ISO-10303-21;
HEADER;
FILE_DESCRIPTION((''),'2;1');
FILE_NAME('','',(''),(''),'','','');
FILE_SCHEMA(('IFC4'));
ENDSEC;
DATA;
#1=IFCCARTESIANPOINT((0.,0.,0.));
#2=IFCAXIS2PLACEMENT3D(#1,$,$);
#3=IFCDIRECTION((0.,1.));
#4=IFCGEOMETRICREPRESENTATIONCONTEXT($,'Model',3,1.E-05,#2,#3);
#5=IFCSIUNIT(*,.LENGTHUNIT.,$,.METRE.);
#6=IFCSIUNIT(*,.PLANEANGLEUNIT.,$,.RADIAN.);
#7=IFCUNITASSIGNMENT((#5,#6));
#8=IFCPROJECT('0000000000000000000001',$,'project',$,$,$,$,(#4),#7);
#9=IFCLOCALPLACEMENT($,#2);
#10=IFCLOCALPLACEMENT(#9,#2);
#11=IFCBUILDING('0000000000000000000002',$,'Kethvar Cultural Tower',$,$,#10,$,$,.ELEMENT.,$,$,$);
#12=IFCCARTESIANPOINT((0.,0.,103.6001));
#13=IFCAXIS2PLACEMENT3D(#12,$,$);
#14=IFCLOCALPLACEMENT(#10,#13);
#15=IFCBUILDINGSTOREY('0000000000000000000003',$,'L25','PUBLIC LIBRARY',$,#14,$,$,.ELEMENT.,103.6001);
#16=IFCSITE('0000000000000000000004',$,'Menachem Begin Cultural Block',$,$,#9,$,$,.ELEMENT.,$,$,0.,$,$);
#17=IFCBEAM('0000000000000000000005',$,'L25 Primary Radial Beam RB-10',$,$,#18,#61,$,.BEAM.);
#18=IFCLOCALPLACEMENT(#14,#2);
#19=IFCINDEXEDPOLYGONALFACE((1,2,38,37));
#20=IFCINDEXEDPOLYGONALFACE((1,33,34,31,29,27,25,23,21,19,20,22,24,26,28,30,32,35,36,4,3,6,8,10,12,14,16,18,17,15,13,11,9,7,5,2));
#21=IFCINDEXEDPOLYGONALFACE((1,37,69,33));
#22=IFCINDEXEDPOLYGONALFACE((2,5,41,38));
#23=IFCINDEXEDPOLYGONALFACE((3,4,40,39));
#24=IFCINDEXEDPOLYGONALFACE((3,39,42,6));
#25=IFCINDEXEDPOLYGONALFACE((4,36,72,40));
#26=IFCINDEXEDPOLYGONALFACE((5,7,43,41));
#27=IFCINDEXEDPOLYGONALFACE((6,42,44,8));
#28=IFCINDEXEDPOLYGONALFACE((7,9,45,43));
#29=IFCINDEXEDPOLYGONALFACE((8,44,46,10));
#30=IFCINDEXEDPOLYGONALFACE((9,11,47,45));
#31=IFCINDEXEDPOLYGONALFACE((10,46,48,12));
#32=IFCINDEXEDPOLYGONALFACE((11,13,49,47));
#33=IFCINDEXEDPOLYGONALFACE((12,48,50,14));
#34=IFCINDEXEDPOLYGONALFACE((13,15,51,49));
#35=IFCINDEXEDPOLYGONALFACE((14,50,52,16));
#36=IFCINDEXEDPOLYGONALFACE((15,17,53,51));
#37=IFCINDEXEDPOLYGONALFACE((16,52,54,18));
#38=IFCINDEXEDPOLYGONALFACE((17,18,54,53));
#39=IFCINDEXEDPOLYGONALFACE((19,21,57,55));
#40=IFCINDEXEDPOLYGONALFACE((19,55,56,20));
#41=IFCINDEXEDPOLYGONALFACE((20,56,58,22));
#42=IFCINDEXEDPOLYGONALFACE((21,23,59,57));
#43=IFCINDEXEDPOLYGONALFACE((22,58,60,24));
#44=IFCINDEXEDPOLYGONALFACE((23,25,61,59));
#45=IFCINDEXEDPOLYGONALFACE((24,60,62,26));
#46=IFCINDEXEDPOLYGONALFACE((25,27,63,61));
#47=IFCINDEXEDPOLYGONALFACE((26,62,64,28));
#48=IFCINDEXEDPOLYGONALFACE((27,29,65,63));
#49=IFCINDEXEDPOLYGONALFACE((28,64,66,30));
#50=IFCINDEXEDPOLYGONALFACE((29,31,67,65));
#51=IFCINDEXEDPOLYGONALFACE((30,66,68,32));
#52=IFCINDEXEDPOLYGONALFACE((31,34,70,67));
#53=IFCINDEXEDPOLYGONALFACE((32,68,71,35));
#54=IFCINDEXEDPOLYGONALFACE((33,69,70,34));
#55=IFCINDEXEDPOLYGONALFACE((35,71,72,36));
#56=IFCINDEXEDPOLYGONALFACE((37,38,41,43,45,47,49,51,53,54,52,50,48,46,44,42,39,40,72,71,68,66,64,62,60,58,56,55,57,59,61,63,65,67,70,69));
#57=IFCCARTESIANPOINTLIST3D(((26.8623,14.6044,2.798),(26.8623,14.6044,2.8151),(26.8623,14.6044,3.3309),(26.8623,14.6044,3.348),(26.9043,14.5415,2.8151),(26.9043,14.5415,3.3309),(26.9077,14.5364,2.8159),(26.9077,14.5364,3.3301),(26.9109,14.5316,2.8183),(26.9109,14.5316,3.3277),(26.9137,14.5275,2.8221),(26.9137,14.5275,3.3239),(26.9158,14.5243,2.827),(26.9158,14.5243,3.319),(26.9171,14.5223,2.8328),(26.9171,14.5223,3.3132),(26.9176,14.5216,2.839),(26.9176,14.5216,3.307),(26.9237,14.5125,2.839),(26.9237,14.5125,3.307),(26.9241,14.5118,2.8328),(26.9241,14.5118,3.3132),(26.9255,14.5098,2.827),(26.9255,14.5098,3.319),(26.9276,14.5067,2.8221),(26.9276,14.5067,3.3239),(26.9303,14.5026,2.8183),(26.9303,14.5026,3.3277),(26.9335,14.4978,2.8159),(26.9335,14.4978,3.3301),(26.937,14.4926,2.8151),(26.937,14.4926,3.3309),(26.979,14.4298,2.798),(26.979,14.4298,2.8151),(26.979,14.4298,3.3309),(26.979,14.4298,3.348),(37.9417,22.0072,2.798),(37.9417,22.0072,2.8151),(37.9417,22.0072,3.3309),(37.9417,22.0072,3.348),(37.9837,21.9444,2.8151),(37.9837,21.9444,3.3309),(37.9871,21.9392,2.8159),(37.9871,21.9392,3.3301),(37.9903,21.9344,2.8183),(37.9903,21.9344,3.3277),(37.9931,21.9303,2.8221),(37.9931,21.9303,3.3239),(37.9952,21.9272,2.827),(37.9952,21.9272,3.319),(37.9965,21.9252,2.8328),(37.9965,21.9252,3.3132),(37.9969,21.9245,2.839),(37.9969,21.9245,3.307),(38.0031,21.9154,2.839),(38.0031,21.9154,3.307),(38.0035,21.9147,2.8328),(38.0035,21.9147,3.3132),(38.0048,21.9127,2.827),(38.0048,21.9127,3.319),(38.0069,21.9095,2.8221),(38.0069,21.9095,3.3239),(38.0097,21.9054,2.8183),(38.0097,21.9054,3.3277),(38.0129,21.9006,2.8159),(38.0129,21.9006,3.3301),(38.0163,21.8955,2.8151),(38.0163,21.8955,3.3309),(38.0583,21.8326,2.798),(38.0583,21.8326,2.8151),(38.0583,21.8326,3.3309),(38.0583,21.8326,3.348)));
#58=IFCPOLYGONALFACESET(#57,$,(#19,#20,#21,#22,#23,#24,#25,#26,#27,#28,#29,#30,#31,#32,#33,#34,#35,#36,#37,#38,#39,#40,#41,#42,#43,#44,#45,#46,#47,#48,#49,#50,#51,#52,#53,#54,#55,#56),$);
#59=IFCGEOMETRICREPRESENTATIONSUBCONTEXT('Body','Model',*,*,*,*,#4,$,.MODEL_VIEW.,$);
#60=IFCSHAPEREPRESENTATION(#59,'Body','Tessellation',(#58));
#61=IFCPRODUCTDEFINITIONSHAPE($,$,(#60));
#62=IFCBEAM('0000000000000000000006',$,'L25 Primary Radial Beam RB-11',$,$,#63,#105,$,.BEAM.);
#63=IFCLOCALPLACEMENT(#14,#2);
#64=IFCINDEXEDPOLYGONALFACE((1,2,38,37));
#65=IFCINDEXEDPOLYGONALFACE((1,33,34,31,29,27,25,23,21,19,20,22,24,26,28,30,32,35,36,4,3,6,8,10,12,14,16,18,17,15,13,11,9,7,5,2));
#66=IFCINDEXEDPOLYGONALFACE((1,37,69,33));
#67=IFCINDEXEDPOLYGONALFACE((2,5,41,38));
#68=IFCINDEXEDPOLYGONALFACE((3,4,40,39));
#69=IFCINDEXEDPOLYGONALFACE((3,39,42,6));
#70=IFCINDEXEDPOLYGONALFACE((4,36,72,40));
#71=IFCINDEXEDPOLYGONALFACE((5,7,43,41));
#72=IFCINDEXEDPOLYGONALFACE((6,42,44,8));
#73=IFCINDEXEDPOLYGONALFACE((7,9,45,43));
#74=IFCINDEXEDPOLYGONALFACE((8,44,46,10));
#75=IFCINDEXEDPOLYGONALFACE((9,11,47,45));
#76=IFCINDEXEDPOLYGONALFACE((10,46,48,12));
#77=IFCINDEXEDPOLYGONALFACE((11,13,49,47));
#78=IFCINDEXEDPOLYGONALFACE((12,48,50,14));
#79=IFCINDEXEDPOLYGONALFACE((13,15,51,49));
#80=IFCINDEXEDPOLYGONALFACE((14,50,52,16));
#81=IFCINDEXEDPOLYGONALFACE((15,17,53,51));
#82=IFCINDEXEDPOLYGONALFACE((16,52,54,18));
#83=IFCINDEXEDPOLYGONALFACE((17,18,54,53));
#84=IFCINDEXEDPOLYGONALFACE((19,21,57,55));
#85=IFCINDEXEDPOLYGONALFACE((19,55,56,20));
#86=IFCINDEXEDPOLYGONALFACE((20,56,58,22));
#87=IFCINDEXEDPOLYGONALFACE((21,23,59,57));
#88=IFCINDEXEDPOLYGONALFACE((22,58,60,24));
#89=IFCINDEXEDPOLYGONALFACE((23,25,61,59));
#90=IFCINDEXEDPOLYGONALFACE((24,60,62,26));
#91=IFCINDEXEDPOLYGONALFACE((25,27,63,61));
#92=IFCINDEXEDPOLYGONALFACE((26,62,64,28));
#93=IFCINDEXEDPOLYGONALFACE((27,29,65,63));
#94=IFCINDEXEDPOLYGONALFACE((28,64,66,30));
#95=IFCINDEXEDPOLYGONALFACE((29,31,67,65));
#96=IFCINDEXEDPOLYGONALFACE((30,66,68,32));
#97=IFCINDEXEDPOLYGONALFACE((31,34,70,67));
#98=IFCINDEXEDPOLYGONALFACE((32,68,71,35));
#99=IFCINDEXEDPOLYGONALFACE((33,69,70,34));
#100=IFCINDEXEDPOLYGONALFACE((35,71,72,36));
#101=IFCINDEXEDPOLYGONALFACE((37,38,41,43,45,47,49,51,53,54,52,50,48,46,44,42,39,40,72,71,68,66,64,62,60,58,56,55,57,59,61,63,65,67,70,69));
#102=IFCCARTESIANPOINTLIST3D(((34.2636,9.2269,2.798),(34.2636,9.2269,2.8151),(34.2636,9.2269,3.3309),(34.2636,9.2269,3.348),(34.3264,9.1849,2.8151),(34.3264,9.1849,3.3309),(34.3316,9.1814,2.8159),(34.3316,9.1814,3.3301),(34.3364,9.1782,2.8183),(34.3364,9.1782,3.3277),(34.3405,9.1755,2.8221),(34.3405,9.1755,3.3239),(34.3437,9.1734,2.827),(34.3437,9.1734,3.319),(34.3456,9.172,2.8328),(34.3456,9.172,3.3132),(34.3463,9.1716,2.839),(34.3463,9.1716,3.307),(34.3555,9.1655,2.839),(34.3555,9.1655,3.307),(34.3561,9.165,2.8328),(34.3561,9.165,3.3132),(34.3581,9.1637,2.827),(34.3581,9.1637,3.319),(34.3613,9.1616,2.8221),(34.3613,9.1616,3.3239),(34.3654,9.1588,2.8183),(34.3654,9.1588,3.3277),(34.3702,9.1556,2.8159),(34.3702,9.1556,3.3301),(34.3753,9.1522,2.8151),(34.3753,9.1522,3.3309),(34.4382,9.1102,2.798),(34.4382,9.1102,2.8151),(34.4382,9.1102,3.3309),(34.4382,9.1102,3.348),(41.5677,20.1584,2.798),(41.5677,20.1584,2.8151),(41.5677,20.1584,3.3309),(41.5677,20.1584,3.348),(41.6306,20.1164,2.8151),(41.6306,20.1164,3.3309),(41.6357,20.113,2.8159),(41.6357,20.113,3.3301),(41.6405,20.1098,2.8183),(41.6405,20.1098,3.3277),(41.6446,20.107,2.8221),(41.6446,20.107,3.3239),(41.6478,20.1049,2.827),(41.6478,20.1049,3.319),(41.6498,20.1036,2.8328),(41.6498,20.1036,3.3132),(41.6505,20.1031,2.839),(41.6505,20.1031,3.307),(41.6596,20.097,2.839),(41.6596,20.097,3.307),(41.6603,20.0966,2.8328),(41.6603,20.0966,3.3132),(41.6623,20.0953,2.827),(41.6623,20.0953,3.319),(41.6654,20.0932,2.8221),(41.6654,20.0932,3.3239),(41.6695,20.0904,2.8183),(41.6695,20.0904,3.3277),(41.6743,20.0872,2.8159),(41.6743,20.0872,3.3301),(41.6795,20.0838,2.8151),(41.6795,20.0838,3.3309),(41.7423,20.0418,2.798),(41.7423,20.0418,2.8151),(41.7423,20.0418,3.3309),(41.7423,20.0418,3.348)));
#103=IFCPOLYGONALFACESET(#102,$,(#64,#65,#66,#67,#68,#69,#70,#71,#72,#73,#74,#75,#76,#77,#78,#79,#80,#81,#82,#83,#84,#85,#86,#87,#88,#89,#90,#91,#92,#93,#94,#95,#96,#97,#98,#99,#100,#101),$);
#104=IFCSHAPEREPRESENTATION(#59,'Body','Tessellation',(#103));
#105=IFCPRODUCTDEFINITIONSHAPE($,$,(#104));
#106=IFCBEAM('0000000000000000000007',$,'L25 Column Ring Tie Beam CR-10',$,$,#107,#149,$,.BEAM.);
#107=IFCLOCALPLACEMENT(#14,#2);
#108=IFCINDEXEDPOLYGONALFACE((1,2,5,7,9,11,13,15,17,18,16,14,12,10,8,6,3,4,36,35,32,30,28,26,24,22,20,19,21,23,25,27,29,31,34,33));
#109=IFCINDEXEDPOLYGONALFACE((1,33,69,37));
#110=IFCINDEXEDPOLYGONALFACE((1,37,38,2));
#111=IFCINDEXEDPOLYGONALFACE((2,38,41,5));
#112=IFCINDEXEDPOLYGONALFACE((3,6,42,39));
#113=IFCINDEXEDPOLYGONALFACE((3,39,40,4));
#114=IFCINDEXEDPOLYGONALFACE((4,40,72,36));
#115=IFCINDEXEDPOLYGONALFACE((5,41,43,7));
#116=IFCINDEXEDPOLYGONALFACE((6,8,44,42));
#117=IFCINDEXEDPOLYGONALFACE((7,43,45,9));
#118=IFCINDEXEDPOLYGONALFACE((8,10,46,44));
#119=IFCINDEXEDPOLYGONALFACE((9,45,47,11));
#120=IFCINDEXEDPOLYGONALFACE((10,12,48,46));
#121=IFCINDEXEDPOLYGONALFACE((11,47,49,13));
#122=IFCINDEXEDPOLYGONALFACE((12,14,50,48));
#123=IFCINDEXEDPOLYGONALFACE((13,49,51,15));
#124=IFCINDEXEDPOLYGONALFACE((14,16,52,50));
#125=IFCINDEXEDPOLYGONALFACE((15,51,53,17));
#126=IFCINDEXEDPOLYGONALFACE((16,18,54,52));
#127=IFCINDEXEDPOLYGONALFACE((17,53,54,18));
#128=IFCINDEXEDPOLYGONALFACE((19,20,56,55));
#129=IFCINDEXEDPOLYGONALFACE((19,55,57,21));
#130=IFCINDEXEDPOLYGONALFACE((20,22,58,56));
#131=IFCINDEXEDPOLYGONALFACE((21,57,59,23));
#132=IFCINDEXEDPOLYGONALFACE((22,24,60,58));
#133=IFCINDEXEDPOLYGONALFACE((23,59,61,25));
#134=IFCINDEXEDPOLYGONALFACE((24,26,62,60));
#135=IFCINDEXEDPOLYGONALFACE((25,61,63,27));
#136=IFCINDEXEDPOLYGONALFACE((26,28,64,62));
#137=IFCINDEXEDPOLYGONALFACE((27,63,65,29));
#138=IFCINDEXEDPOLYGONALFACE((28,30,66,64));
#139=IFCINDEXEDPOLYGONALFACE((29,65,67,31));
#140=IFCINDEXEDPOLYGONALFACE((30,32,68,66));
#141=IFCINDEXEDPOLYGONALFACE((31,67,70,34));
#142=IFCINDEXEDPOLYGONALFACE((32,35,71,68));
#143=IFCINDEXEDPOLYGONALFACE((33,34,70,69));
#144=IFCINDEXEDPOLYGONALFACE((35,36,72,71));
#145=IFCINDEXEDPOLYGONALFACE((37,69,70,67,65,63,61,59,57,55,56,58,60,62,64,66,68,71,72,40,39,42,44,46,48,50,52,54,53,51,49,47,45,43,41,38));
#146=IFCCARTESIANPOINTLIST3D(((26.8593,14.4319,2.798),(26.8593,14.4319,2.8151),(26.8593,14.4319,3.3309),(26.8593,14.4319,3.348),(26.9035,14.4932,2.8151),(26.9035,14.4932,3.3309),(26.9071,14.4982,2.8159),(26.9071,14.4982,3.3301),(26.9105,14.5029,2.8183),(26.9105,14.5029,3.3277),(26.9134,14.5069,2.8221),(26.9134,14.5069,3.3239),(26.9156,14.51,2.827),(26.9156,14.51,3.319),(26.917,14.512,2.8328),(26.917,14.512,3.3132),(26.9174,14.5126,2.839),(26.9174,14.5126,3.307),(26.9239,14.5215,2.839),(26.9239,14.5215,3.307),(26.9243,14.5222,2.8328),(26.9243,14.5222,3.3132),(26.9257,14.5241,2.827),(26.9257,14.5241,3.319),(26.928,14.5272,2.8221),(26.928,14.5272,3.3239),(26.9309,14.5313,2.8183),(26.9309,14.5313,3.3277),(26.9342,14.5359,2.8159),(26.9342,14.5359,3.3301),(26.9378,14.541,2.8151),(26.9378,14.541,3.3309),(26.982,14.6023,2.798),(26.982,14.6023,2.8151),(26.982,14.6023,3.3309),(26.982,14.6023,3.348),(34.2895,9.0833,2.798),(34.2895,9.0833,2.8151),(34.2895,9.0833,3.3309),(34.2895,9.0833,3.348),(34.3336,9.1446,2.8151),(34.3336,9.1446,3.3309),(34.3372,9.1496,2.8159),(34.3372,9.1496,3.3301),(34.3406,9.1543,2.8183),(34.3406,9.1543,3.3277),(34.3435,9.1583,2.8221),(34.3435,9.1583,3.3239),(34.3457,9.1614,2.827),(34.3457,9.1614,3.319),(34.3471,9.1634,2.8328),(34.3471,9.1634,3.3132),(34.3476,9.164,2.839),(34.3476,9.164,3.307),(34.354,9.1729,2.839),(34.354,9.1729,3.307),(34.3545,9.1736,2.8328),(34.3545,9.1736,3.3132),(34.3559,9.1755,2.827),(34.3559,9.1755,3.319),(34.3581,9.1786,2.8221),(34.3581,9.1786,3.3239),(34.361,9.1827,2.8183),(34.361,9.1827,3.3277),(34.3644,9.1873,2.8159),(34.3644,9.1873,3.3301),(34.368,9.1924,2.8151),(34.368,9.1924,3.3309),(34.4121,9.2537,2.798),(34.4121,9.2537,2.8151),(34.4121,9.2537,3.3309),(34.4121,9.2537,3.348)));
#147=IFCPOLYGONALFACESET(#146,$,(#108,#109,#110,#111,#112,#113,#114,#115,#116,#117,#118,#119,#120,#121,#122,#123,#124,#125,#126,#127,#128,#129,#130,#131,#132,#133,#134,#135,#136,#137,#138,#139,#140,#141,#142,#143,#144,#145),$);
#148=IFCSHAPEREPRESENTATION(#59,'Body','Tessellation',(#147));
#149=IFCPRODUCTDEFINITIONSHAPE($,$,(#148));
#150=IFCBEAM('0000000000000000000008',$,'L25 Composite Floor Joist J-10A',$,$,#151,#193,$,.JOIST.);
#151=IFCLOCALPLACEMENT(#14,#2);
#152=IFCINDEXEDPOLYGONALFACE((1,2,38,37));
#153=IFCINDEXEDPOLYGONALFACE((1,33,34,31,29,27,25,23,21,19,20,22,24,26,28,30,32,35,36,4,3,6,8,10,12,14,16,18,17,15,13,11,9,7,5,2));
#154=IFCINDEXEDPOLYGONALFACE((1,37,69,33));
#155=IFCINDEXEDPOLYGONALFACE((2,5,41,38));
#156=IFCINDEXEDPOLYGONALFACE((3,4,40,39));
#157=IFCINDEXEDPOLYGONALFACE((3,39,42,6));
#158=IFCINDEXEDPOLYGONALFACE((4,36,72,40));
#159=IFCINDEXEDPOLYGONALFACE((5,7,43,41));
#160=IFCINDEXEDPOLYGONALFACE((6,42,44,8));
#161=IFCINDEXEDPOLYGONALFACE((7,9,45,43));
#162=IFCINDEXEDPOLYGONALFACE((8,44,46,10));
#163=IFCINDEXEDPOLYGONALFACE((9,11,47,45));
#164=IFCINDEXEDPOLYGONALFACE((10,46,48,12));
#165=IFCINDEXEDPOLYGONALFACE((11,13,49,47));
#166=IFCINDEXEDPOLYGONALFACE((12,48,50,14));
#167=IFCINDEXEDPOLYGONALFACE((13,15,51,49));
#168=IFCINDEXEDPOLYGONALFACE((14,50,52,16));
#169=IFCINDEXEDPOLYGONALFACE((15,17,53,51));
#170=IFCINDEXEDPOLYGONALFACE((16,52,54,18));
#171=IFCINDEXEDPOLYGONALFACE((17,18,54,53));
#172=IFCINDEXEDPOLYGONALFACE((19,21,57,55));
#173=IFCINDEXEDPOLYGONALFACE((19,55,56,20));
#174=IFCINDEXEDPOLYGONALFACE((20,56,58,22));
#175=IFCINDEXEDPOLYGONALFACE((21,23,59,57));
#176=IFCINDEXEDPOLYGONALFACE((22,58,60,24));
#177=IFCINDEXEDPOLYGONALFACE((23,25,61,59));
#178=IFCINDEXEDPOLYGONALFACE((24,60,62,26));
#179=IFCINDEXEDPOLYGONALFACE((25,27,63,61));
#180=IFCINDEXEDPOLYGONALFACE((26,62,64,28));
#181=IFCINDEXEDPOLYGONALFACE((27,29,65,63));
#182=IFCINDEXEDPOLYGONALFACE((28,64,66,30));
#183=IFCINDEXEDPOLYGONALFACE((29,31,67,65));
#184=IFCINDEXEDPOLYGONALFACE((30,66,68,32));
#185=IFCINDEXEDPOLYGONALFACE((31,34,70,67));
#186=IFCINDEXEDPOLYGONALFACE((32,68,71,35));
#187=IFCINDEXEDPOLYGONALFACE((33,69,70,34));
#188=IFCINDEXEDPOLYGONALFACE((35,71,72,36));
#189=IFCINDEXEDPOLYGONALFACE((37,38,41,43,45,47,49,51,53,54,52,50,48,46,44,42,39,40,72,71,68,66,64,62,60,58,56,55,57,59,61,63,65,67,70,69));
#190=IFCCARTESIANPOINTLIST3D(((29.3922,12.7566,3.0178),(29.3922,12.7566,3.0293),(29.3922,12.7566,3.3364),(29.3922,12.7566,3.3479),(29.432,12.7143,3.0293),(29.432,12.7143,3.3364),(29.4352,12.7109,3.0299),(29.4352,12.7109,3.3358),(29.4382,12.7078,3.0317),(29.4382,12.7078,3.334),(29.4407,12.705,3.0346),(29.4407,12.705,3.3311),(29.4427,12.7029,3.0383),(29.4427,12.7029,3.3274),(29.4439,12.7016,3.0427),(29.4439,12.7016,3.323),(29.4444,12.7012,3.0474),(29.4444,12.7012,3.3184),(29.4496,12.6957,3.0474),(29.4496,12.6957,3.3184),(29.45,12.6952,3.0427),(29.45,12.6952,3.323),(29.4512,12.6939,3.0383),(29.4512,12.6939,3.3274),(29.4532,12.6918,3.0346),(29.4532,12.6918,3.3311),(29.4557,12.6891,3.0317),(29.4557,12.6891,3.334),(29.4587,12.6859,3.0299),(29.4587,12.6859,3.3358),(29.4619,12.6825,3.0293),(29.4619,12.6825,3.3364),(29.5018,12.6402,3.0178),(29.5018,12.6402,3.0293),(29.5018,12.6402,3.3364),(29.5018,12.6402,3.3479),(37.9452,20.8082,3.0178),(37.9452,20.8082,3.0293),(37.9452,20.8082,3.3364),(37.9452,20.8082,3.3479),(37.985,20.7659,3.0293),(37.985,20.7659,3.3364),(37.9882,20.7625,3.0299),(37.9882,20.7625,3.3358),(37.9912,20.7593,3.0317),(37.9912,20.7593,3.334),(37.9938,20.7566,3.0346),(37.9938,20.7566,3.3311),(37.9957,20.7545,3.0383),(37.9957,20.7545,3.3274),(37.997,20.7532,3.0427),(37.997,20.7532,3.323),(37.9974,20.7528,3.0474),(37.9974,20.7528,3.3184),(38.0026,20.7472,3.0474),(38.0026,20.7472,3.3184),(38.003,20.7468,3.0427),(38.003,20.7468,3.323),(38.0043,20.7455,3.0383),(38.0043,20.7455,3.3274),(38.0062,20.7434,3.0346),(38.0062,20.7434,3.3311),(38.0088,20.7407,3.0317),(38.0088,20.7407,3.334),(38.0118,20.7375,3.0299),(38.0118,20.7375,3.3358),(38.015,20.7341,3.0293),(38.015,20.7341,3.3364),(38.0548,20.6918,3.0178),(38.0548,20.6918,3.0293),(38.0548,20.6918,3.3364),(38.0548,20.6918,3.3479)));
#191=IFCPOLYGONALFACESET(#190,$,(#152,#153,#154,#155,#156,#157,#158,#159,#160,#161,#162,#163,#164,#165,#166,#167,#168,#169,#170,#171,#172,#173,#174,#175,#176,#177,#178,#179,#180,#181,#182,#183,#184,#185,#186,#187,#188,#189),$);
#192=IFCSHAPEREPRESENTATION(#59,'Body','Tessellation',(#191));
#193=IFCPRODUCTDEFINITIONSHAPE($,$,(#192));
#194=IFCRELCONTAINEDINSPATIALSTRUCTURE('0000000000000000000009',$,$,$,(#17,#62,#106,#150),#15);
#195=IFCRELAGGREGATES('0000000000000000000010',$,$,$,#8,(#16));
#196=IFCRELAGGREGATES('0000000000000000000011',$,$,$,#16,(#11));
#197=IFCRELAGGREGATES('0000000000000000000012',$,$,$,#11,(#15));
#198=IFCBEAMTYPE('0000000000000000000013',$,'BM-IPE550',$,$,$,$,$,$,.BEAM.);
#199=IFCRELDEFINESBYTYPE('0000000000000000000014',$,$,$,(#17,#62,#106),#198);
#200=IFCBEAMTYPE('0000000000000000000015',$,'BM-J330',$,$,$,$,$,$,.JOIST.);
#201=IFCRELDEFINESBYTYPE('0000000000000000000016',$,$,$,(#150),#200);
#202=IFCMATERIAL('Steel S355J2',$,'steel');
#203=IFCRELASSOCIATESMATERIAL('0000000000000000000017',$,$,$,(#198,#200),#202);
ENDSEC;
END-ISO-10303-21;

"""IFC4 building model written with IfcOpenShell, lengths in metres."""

from ifc_helpers import new_model, si_unit, direction, frame, origin, origin_2d, place, context, subcontext, project, spatial, i_section, extrude, source, transform, mapped, material, material_profile, profile_set, type_object, element, save


model = new_model("IFC4")

# Units and contexts
model_context = context("Model", 3, precision=1e-05, world=origin(), true_north=direction((0.0, 1.0)))
body_context = subcontext(model_context, "Body", "Model", "MODEL_VIEW")
ifc_project = project(units=[si_unit("LENGTHUNIT", "METRE"), si_unit("PLANEANGLEUNIT", "RADIAN")], contexts=[model_context])

# Site, building, storey
site_placement = place(None, origin())
site = spatial("IfcSite", under=ifc_project, at=site_placement, Name="Menachem Begin Cultural Block", CompositionType="ELEMENT", RefElevation=0.0)
building_placement = place(site_placement, origin())
building = spatial("IfcBuilding", under=site, at=building_placement, Name="Kethvar Cultural Tower", CompositionType="ELEMENT")
storey_placement = place(building_placement, frame((0.0, 0.0, 103.6001)))
storey = spatial("IfcBuildingStorey", under=building, at=storey_placement, Name="L25", Description="PUBLIC LIBRARY", CompositionType="ELEMENT", Elevation=103.6001)

# Beams
ifc_material_1 = material(Name="Steel S355J2", Category="steel")
ifc_material_profile_1 = material_profile(ifc_material_1, i_section(OverallWidth=0.21, OverallDepth=0.55, WebThickness=0.011, FlangeThickness=0.0171, FilletRadius=0.0239, at=origin_2d()), Name="Steel S355J2 — IPE550")
ifc_profile_set_1 = profile_set([ifc_material_profile_1], Name="Steel S355J2 — IPE550")
beam_type_1 = type_object("IfcBeamType", Name="BM-IPE550", PredefinedType="BEAM", material=ifc_profile_set_1)
shared_shape_1 = source(origin(), body_context, "Body", "SweptSolid", [
    extrude(i_section(OverallWidth=0.21, OverallDepth=0.55, WebThickness=0.011, FlangeThickness=0.0171, FilletRadius=0.0239, at=origin_2d()), origin(), (0.0, 0.0, 1.0), 13.325),
])
beam_1_placement = place(storey_placement, frame((38.0, 21.9199, 3.073), z_axis=(-0.831475, -0.555562, 0.0), x_axis=(0.555562, -0.831475, 0.0)))
element("IfcBeam", 1, at=beam_1_placement, inside=storey, type_object=beam_type_1, Name="L25 Primary Radial Beam RB-10", PredefinedType="BEAM", context=body_context, shape_type="MappedRepresentation", body=[
    mapped(shared_shape_1, transform((0.0, 0.0, 0.0), scale=1.0)),
])
shared_shape_2 = source(origin(), body_context, "Body", "SweptSolid", [
    extrude(i_section(OverallWidth=0.21, OverallDepth=0.55, WebThickness=0.011, FlangeThickness=0.0171, FilletRadius=0.0239, at=origin_2d()), origin(), (0.0, 0.0, 1.0), 13.1472),
])
beam_2_placement = place(storey_placement, frame((41.655, 20.1001, 3.073), z_axis=(-0.555566, -0.831473, 0.0), x_axis=(0.831473, -0.555566, 0.0)))
element("IfcBeam", 2, at=beam_2_placement, inside=storey, type_object=beam_type_1, Name="L25 Primary Radial Beam RB-11", PredefinedType="BEAM", context=body_context, shape_type="MappedRepresentation", body=[
    mapped(shared_shape_2, transform((0.0, 0.0, 0.0), scale=1.0)),
])
shared_shape_3 = source(origin(), body_context, "Body", "SweptSolid", [
    extrude(i_section(OverallWidth=0.21, OverallDepth=0.55, WebThickness=0.011, FlangeThickness=0.0171, FilletRadius=0.0239, at=origin_2d()), origin(), (0.0, 0.0, 1.0), 9.155),
])
beam_3_placement = place(storey_placement, frame((26.9207, 14.5171, 3.073), z_axis=(0.811591, -0.584226, 0.0), x_axis=(0.584226, 0.811591, 0.0)))
element("IfcBeam", 3, at=beam_3_placement, inside=storey, type_object=beam_type_1, Name="L25 Column Ring Tie Beam CR-10", PredefinedType="BEAM", context=body_context, shape_type="MappedRepresentation", body=[
    mapped(shared_shape_3, transform((0.0, 0.0, 0.0), scale=1.0)),
])
ifc_material_profile_2 = material_profile(ifc_material_1, i_section(OverallWidth=0.1599, OverallDepth=0.3301, WebThickness=0.0076, FlangeThickness=0.0115, FilletRadius=0.0181, at=origin_2d()), Name="Steel S355J2 — IPE330")
ifc_profile_set_2 = profile_set([ifc_material_profile_2], Name="Steel S355J2 — IPE330")
beam_type_2 = type_object("IfcBeamType", Name="BM-J330", PredefinedType="JOIST", material=ifc_profile_set_2)
shared_shape_4 = source(origin(), body_context, "Body", "SweptSolid", [
    extrude(i_section(OverallWidth=0.1599, OverallDepth=0.3301, WebThickness=0.0076, FlangeThickness=0.0115, FilletRadius=0.0181, at=origin_2d()), origin(), (0.0, 0.0, 1.0), 11.7466),
])
beam_4_placement = place(storey_placement, frame((38.0, 20.75, 3.1829), z_axis=(-0.72813, -0.685439, 0.0), x_axis=(0.685439, -0.72813, 0.0)))
element("IfcBeam", 4, at=beam_4_placement, inside=storey, type_object=beam_type_2, Name="L25 Composite Floor Joist J-10A", PredefinedType="JOIST", context=body_context, shape_type="MappedRepresentation", body=[
    mapped(shared_shape_4, transform((0.0, 0.0, 0.0), scale=1.0)),
])

save(model, "model.ifc")
